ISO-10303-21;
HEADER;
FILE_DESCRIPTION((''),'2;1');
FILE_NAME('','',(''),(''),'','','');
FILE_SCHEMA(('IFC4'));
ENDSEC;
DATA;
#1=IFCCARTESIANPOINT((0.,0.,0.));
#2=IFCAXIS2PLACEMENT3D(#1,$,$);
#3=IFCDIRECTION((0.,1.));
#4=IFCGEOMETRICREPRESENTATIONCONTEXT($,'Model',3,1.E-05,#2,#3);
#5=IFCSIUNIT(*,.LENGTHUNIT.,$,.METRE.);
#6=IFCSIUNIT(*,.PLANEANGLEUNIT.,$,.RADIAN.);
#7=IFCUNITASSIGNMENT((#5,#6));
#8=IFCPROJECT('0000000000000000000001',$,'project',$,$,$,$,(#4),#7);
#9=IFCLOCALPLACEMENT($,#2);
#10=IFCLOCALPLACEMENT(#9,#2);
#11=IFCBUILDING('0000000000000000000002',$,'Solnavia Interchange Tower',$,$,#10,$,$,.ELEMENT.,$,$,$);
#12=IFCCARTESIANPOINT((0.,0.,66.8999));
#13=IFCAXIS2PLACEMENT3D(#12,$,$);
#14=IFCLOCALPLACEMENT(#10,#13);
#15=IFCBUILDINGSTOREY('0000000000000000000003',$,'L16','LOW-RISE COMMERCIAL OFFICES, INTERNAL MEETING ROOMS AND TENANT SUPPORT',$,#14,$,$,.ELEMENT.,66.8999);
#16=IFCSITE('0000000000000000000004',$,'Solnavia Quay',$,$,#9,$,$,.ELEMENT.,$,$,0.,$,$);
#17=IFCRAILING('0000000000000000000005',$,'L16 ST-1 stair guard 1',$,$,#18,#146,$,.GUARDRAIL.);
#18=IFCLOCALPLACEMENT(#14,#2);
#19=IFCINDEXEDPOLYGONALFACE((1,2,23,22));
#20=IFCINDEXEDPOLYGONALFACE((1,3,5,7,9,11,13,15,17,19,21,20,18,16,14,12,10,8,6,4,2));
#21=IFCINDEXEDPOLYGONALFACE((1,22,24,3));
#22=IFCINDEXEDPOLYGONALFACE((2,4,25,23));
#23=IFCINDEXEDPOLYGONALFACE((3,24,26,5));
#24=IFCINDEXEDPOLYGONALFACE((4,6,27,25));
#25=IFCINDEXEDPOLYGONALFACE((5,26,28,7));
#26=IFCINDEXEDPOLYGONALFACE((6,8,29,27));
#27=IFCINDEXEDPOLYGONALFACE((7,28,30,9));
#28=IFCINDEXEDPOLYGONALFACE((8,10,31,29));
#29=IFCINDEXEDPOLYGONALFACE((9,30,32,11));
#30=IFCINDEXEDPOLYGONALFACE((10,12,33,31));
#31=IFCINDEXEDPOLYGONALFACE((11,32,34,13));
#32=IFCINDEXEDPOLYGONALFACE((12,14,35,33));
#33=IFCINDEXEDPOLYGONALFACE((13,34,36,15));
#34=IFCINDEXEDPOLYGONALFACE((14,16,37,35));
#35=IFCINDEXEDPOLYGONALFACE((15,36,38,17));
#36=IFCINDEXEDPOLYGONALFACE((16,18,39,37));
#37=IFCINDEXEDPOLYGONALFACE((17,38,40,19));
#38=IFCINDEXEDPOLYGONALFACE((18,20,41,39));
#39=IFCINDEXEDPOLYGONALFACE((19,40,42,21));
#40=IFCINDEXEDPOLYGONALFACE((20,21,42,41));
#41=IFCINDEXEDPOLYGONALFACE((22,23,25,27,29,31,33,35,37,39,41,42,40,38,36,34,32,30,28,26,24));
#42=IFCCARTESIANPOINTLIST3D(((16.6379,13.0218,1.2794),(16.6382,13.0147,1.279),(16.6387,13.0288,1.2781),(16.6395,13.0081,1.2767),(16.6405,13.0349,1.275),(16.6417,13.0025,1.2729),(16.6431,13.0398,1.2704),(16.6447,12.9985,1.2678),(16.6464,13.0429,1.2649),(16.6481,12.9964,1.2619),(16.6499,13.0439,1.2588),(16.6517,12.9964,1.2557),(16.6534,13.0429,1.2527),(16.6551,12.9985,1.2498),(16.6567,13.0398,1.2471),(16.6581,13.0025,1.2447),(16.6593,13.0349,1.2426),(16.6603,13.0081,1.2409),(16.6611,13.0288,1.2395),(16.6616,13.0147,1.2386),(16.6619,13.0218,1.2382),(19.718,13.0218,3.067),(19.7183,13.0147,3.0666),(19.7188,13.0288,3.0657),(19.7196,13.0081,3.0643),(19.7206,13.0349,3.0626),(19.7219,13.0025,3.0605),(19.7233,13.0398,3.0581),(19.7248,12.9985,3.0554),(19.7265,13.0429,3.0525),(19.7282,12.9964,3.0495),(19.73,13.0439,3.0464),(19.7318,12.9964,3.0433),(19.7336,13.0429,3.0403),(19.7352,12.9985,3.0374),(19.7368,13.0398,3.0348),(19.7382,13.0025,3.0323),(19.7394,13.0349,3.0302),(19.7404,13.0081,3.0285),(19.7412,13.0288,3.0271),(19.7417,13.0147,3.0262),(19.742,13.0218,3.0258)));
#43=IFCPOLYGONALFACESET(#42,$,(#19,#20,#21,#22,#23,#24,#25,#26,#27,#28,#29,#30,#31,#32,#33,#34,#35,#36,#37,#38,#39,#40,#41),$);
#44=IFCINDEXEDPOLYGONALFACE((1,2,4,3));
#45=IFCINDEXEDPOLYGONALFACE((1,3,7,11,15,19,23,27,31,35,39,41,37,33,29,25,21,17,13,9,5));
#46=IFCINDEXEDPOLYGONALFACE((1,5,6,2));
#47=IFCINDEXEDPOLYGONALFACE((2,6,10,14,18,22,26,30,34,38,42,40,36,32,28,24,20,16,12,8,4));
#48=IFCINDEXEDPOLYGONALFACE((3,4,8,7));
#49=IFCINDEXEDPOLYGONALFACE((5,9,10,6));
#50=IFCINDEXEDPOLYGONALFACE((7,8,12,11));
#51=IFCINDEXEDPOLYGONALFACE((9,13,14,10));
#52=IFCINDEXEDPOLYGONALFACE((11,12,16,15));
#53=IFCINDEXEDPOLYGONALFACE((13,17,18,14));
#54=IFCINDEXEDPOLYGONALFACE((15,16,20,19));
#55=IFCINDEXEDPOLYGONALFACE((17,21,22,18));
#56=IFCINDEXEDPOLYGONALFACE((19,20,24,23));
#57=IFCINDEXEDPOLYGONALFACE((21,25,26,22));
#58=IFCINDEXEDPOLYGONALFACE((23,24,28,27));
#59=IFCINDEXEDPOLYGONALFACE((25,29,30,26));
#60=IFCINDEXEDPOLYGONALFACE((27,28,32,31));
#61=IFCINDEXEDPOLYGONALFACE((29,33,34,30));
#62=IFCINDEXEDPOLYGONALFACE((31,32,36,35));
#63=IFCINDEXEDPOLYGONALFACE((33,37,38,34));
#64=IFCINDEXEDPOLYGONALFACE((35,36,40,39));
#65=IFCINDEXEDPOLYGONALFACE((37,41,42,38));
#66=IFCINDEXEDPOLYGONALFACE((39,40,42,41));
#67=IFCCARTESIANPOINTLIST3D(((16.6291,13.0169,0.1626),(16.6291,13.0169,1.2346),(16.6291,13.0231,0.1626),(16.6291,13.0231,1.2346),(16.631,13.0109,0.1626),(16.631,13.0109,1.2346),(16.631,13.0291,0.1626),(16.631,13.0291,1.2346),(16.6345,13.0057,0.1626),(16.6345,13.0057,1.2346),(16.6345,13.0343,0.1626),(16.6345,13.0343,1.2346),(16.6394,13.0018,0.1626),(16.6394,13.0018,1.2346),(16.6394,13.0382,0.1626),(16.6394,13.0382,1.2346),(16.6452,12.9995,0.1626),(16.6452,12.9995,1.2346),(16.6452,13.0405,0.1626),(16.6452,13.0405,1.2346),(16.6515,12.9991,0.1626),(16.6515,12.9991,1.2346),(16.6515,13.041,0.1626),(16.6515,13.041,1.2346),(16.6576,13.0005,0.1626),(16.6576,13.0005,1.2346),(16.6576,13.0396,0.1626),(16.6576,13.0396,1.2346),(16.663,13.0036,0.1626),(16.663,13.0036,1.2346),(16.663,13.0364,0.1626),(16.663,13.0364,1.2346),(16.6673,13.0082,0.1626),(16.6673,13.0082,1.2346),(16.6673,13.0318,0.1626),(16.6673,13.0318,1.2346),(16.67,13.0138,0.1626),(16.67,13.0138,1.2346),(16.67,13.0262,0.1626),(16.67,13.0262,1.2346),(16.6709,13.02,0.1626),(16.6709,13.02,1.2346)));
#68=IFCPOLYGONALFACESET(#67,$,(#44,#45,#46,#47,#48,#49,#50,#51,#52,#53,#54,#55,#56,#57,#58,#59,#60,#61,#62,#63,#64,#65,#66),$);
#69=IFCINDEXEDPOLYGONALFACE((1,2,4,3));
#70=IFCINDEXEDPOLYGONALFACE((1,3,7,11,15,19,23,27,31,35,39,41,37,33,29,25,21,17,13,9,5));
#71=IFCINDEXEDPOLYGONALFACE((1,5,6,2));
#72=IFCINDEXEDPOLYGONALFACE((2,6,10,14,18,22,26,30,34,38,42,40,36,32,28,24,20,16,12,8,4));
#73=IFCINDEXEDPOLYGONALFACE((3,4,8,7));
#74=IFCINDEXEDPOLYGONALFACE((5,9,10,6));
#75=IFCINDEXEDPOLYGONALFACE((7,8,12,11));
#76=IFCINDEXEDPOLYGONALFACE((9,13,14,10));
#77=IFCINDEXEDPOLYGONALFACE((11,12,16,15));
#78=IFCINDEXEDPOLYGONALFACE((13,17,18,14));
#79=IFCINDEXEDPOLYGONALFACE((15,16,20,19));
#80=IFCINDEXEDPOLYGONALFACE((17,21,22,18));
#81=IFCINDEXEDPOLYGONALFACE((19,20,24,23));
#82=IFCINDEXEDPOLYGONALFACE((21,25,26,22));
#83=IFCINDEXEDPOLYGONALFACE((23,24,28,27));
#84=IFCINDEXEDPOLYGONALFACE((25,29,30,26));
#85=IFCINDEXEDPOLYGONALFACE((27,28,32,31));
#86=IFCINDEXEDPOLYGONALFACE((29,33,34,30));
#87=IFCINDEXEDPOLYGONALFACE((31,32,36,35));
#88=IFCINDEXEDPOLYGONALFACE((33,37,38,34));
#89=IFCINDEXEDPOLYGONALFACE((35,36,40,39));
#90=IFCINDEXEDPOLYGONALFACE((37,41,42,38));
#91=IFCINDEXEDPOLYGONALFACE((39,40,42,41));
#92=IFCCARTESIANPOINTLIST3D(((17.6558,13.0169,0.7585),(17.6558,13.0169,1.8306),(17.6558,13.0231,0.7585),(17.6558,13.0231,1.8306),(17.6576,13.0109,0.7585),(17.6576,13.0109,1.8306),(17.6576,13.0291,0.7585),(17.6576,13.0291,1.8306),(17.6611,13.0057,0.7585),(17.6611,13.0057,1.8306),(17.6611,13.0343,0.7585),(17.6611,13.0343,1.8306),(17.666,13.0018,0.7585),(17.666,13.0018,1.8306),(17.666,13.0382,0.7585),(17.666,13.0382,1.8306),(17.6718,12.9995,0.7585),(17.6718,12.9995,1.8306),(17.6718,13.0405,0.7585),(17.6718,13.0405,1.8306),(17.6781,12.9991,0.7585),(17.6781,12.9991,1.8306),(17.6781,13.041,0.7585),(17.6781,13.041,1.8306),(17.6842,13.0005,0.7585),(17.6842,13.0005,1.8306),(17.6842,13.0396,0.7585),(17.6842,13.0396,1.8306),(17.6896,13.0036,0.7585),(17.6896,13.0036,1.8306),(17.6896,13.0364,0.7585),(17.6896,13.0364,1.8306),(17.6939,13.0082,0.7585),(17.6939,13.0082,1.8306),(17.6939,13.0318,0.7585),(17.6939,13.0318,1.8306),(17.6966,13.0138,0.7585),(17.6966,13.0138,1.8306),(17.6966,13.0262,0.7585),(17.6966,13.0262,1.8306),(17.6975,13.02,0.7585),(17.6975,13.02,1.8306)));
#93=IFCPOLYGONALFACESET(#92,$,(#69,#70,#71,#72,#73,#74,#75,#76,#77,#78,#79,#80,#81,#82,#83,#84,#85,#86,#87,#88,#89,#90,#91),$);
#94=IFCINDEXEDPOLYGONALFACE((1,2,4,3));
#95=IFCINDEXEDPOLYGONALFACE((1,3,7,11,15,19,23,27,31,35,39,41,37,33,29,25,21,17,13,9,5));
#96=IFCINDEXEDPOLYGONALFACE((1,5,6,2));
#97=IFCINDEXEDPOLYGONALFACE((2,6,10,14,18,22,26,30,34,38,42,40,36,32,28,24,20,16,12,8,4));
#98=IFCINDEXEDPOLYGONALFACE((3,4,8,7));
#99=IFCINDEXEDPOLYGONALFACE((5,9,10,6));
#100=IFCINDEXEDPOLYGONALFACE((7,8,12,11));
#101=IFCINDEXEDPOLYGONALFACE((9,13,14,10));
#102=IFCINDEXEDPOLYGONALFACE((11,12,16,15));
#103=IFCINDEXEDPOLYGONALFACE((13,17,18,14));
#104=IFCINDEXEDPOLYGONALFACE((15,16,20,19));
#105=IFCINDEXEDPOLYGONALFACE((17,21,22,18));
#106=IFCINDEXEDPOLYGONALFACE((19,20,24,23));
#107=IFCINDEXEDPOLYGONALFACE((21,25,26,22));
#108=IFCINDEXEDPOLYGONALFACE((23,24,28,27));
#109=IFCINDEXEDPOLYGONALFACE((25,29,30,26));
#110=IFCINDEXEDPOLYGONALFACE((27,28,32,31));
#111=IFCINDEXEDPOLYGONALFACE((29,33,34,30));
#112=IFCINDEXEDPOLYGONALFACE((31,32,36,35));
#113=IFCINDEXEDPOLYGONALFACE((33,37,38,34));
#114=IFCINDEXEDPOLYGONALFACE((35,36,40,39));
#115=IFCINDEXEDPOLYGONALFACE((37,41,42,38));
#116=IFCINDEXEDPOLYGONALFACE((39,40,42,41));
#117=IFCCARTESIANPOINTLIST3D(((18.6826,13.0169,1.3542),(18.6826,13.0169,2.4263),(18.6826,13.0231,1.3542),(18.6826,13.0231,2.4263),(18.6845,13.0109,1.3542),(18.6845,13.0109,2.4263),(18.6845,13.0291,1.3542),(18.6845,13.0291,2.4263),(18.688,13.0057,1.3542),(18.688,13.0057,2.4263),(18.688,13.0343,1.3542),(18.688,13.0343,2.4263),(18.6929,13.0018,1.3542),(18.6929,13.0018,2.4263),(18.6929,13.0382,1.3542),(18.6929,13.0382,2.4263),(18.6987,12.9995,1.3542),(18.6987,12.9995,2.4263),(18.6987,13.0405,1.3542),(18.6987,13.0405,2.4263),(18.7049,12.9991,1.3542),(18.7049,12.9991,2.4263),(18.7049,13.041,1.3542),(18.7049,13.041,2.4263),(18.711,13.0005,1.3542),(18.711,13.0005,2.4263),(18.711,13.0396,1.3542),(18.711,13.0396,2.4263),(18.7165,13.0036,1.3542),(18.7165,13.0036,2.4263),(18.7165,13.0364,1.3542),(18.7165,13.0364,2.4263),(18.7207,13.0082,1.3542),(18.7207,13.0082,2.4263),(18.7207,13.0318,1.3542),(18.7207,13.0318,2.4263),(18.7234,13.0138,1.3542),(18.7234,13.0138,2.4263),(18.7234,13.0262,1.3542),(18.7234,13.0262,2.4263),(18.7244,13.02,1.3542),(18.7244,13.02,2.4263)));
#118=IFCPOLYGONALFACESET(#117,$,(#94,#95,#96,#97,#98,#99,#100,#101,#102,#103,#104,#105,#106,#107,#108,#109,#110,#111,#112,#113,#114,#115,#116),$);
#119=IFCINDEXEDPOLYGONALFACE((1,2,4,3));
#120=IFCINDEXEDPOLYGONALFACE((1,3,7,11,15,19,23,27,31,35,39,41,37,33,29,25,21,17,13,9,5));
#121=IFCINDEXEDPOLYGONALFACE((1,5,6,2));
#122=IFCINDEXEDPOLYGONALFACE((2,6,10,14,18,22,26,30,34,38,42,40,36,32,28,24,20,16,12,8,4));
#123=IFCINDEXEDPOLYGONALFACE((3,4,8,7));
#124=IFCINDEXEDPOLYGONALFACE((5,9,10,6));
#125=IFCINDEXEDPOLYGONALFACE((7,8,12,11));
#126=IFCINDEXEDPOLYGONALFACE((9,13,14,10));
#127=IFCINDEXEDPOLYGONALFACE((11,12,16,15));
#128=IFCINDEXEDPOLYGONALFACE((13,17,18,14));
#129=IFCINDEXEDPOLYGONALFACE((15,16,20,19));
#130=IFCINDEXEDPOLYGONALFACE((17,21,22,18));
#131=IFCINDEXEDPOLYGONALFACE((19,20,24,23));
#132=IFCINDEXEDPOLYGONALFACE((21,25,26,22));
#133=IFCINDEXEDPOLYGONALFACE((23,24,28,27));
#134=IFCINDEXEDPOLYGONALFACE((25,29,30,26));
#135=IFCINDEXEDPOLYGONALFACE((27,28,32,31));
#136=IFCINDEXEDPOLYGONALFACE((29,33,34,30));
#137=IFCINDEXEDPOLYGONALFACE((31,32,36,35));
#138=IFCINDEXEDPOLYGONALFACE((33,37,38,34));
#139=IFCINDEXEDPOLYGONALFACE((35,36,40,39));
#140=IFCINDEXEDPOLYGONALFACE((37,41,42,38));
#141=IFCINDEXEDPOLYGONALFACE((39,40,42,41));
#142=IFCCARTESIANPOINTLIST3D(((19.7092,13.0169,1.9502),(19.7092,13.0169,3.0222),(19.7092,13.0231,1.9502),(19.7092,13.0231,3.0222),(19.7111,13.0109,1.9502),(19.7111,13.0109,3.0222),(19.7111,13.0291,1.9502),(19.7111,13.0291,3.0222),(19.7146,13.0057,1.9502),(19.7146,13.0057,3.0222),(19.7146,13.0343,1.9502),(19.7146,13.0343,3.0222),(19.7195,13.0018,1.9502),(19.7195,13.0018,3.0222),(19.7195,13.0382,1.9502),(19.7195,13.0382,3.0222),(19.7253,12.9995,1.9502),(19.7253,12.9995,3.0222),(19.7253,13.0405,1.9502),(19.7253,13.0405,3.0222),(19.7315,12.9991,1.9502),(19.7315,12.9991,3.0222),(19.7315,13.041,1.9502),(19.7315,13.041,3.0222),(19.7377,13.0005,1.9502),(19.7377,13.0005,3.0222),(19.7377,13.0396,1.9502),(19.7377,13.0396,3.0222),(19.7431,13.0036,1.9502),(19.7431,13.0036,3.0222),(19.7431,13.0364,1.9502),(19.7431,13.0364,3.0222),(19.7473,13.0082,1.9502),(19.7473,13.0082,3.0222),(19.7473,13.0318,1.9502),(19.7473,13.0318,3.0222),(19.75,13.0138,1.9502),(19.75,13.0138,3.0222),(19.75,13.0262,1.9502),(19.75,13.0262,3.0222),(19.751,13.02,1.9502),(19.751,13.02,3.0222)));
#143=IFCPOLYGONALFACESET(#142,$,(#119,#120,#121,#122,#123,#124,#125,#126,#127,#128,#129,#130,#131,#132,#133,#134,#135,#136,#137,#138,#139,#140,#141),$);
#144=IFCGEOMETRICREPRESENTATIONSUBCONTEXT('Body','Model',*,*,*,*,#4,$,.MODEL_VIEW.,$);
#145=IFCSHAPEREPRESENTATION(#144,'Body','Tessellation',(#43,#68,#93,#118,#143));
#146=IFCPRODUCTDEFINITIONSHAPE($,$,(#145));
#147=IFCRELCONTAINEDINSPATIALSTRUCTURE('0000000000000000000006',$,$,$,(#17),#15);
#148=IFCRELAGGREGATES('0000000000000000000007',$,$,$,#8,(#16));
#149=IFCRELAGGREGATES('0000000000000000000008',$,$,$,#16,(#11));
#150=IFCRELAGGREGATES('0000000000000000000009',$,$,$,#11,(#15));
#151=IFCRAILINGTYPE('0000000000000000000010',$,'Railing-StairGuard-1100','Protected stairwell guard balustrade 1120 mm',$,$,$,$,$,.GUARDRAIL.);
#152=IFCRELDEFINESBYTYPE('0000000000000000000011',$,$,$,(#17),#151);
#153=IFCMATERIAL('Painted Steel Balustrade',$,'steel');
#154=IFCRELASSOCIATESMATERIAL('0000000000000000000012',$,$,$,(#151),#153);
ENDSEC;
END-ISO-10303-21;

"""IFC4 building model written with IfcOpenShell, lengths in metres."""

from ifc_helpers import new_model, si_unit, direction, frame, origin, origin_2d, place, context, subcontext, project, spatial, circle, extrude, material, type_object, element, save


model = new_model("IFC4")

# Units and contexts
model_context = context("Model", 3, precision=1e-05, world=origin(), true_north=direction((0.0, 1.0)))
body_context = subcontext(model_context, "Body", "Model", "MODEL_VIEW")
ifc_project = project(units=[si_unit("LENGTHUNIT", "METRE"), si_unit("PLANEANGLEUNIT", "RADIAN")], contexts=[model_context])

# Site, building, storey
site_placement = place(None, origin())
site = spatial("IfcSite", under=ifc_project, at=site_placement, Name="Solnavia Quay", CompositionType="ELEMENT", RefElevation=0.0)
building_placement = place(site_placement, origin())
building = spatial("IfcBuilding", under=site, at=building_placement, Name="Solnavia Interchange Tower", CompositionType="ELEMENT")
storey_placement = place(building_placement, frame((0.0, 0.0, 66.8999)))
storey = spatial("IfcBuildingStorey", under=building, at=storey_placement, Name="L16", Description="LOW-RISE COMMERCIAL OFFICES, INTERNAL MEETING ROOMS AND TENANT SUPPORT", CompositionType="ELEMENT", Elevation=66.8999)

# Railing
ifc_material_1 = material(Name="Painted Steel Balustrade", Category="steel")
railing_type_1 = type_object("IfcRailingType", Name="Railing-StairGuard-1100", Description="Protected stairwell guard balustrade 1120 mm", PredefinedType="GUARDRAIL", material=ifc_material_1)
railing_1_placement = place(storey_placement, frame((16.6499, 13.02, 0.1626)))
element("IfcRailing", 1, at=railing_1_placement, inside=storey, type_object=railing_type_1, Name="L16 ST-1 stair guard 1", PredefinedType="GUARDRAIL", context=body_context, shape_type="SweptSolid", body=[
    extrude(circle(Radius=0.0239, at=origin_2d()), frame((0.0, 0.0, 1.0962), z_axis=(0.864891, 0.0, 0.50196), x_axis=(0.0, 1.0, 0.0)), (0.0, 0.0, 1.0), 3.5613),
    extrude(circle(Radius=0.021, at=origin_2d()), origin(), (0.0, 0.0, 1.0), 1.072),
    extrude(circle(Radius=0.021, at=origin_2d()), frame((1.0266, 0.0, 0.5959)), (0.0, 0.0, 1.0), 1.072),
    extrude(circle(Radius=0.021, at=origin_2d()), frame((2.0535, 0.0, 1.1917)), (0.0, 0.0, 1.0), 1.072),
    extrude(circle(Radius=0.021, at=origin_2d()), frame((3.0801, 0.0, 1.7876)), (0.0, 0.0, 1.0), 1.072),
])

save(model, "model.ifc")
